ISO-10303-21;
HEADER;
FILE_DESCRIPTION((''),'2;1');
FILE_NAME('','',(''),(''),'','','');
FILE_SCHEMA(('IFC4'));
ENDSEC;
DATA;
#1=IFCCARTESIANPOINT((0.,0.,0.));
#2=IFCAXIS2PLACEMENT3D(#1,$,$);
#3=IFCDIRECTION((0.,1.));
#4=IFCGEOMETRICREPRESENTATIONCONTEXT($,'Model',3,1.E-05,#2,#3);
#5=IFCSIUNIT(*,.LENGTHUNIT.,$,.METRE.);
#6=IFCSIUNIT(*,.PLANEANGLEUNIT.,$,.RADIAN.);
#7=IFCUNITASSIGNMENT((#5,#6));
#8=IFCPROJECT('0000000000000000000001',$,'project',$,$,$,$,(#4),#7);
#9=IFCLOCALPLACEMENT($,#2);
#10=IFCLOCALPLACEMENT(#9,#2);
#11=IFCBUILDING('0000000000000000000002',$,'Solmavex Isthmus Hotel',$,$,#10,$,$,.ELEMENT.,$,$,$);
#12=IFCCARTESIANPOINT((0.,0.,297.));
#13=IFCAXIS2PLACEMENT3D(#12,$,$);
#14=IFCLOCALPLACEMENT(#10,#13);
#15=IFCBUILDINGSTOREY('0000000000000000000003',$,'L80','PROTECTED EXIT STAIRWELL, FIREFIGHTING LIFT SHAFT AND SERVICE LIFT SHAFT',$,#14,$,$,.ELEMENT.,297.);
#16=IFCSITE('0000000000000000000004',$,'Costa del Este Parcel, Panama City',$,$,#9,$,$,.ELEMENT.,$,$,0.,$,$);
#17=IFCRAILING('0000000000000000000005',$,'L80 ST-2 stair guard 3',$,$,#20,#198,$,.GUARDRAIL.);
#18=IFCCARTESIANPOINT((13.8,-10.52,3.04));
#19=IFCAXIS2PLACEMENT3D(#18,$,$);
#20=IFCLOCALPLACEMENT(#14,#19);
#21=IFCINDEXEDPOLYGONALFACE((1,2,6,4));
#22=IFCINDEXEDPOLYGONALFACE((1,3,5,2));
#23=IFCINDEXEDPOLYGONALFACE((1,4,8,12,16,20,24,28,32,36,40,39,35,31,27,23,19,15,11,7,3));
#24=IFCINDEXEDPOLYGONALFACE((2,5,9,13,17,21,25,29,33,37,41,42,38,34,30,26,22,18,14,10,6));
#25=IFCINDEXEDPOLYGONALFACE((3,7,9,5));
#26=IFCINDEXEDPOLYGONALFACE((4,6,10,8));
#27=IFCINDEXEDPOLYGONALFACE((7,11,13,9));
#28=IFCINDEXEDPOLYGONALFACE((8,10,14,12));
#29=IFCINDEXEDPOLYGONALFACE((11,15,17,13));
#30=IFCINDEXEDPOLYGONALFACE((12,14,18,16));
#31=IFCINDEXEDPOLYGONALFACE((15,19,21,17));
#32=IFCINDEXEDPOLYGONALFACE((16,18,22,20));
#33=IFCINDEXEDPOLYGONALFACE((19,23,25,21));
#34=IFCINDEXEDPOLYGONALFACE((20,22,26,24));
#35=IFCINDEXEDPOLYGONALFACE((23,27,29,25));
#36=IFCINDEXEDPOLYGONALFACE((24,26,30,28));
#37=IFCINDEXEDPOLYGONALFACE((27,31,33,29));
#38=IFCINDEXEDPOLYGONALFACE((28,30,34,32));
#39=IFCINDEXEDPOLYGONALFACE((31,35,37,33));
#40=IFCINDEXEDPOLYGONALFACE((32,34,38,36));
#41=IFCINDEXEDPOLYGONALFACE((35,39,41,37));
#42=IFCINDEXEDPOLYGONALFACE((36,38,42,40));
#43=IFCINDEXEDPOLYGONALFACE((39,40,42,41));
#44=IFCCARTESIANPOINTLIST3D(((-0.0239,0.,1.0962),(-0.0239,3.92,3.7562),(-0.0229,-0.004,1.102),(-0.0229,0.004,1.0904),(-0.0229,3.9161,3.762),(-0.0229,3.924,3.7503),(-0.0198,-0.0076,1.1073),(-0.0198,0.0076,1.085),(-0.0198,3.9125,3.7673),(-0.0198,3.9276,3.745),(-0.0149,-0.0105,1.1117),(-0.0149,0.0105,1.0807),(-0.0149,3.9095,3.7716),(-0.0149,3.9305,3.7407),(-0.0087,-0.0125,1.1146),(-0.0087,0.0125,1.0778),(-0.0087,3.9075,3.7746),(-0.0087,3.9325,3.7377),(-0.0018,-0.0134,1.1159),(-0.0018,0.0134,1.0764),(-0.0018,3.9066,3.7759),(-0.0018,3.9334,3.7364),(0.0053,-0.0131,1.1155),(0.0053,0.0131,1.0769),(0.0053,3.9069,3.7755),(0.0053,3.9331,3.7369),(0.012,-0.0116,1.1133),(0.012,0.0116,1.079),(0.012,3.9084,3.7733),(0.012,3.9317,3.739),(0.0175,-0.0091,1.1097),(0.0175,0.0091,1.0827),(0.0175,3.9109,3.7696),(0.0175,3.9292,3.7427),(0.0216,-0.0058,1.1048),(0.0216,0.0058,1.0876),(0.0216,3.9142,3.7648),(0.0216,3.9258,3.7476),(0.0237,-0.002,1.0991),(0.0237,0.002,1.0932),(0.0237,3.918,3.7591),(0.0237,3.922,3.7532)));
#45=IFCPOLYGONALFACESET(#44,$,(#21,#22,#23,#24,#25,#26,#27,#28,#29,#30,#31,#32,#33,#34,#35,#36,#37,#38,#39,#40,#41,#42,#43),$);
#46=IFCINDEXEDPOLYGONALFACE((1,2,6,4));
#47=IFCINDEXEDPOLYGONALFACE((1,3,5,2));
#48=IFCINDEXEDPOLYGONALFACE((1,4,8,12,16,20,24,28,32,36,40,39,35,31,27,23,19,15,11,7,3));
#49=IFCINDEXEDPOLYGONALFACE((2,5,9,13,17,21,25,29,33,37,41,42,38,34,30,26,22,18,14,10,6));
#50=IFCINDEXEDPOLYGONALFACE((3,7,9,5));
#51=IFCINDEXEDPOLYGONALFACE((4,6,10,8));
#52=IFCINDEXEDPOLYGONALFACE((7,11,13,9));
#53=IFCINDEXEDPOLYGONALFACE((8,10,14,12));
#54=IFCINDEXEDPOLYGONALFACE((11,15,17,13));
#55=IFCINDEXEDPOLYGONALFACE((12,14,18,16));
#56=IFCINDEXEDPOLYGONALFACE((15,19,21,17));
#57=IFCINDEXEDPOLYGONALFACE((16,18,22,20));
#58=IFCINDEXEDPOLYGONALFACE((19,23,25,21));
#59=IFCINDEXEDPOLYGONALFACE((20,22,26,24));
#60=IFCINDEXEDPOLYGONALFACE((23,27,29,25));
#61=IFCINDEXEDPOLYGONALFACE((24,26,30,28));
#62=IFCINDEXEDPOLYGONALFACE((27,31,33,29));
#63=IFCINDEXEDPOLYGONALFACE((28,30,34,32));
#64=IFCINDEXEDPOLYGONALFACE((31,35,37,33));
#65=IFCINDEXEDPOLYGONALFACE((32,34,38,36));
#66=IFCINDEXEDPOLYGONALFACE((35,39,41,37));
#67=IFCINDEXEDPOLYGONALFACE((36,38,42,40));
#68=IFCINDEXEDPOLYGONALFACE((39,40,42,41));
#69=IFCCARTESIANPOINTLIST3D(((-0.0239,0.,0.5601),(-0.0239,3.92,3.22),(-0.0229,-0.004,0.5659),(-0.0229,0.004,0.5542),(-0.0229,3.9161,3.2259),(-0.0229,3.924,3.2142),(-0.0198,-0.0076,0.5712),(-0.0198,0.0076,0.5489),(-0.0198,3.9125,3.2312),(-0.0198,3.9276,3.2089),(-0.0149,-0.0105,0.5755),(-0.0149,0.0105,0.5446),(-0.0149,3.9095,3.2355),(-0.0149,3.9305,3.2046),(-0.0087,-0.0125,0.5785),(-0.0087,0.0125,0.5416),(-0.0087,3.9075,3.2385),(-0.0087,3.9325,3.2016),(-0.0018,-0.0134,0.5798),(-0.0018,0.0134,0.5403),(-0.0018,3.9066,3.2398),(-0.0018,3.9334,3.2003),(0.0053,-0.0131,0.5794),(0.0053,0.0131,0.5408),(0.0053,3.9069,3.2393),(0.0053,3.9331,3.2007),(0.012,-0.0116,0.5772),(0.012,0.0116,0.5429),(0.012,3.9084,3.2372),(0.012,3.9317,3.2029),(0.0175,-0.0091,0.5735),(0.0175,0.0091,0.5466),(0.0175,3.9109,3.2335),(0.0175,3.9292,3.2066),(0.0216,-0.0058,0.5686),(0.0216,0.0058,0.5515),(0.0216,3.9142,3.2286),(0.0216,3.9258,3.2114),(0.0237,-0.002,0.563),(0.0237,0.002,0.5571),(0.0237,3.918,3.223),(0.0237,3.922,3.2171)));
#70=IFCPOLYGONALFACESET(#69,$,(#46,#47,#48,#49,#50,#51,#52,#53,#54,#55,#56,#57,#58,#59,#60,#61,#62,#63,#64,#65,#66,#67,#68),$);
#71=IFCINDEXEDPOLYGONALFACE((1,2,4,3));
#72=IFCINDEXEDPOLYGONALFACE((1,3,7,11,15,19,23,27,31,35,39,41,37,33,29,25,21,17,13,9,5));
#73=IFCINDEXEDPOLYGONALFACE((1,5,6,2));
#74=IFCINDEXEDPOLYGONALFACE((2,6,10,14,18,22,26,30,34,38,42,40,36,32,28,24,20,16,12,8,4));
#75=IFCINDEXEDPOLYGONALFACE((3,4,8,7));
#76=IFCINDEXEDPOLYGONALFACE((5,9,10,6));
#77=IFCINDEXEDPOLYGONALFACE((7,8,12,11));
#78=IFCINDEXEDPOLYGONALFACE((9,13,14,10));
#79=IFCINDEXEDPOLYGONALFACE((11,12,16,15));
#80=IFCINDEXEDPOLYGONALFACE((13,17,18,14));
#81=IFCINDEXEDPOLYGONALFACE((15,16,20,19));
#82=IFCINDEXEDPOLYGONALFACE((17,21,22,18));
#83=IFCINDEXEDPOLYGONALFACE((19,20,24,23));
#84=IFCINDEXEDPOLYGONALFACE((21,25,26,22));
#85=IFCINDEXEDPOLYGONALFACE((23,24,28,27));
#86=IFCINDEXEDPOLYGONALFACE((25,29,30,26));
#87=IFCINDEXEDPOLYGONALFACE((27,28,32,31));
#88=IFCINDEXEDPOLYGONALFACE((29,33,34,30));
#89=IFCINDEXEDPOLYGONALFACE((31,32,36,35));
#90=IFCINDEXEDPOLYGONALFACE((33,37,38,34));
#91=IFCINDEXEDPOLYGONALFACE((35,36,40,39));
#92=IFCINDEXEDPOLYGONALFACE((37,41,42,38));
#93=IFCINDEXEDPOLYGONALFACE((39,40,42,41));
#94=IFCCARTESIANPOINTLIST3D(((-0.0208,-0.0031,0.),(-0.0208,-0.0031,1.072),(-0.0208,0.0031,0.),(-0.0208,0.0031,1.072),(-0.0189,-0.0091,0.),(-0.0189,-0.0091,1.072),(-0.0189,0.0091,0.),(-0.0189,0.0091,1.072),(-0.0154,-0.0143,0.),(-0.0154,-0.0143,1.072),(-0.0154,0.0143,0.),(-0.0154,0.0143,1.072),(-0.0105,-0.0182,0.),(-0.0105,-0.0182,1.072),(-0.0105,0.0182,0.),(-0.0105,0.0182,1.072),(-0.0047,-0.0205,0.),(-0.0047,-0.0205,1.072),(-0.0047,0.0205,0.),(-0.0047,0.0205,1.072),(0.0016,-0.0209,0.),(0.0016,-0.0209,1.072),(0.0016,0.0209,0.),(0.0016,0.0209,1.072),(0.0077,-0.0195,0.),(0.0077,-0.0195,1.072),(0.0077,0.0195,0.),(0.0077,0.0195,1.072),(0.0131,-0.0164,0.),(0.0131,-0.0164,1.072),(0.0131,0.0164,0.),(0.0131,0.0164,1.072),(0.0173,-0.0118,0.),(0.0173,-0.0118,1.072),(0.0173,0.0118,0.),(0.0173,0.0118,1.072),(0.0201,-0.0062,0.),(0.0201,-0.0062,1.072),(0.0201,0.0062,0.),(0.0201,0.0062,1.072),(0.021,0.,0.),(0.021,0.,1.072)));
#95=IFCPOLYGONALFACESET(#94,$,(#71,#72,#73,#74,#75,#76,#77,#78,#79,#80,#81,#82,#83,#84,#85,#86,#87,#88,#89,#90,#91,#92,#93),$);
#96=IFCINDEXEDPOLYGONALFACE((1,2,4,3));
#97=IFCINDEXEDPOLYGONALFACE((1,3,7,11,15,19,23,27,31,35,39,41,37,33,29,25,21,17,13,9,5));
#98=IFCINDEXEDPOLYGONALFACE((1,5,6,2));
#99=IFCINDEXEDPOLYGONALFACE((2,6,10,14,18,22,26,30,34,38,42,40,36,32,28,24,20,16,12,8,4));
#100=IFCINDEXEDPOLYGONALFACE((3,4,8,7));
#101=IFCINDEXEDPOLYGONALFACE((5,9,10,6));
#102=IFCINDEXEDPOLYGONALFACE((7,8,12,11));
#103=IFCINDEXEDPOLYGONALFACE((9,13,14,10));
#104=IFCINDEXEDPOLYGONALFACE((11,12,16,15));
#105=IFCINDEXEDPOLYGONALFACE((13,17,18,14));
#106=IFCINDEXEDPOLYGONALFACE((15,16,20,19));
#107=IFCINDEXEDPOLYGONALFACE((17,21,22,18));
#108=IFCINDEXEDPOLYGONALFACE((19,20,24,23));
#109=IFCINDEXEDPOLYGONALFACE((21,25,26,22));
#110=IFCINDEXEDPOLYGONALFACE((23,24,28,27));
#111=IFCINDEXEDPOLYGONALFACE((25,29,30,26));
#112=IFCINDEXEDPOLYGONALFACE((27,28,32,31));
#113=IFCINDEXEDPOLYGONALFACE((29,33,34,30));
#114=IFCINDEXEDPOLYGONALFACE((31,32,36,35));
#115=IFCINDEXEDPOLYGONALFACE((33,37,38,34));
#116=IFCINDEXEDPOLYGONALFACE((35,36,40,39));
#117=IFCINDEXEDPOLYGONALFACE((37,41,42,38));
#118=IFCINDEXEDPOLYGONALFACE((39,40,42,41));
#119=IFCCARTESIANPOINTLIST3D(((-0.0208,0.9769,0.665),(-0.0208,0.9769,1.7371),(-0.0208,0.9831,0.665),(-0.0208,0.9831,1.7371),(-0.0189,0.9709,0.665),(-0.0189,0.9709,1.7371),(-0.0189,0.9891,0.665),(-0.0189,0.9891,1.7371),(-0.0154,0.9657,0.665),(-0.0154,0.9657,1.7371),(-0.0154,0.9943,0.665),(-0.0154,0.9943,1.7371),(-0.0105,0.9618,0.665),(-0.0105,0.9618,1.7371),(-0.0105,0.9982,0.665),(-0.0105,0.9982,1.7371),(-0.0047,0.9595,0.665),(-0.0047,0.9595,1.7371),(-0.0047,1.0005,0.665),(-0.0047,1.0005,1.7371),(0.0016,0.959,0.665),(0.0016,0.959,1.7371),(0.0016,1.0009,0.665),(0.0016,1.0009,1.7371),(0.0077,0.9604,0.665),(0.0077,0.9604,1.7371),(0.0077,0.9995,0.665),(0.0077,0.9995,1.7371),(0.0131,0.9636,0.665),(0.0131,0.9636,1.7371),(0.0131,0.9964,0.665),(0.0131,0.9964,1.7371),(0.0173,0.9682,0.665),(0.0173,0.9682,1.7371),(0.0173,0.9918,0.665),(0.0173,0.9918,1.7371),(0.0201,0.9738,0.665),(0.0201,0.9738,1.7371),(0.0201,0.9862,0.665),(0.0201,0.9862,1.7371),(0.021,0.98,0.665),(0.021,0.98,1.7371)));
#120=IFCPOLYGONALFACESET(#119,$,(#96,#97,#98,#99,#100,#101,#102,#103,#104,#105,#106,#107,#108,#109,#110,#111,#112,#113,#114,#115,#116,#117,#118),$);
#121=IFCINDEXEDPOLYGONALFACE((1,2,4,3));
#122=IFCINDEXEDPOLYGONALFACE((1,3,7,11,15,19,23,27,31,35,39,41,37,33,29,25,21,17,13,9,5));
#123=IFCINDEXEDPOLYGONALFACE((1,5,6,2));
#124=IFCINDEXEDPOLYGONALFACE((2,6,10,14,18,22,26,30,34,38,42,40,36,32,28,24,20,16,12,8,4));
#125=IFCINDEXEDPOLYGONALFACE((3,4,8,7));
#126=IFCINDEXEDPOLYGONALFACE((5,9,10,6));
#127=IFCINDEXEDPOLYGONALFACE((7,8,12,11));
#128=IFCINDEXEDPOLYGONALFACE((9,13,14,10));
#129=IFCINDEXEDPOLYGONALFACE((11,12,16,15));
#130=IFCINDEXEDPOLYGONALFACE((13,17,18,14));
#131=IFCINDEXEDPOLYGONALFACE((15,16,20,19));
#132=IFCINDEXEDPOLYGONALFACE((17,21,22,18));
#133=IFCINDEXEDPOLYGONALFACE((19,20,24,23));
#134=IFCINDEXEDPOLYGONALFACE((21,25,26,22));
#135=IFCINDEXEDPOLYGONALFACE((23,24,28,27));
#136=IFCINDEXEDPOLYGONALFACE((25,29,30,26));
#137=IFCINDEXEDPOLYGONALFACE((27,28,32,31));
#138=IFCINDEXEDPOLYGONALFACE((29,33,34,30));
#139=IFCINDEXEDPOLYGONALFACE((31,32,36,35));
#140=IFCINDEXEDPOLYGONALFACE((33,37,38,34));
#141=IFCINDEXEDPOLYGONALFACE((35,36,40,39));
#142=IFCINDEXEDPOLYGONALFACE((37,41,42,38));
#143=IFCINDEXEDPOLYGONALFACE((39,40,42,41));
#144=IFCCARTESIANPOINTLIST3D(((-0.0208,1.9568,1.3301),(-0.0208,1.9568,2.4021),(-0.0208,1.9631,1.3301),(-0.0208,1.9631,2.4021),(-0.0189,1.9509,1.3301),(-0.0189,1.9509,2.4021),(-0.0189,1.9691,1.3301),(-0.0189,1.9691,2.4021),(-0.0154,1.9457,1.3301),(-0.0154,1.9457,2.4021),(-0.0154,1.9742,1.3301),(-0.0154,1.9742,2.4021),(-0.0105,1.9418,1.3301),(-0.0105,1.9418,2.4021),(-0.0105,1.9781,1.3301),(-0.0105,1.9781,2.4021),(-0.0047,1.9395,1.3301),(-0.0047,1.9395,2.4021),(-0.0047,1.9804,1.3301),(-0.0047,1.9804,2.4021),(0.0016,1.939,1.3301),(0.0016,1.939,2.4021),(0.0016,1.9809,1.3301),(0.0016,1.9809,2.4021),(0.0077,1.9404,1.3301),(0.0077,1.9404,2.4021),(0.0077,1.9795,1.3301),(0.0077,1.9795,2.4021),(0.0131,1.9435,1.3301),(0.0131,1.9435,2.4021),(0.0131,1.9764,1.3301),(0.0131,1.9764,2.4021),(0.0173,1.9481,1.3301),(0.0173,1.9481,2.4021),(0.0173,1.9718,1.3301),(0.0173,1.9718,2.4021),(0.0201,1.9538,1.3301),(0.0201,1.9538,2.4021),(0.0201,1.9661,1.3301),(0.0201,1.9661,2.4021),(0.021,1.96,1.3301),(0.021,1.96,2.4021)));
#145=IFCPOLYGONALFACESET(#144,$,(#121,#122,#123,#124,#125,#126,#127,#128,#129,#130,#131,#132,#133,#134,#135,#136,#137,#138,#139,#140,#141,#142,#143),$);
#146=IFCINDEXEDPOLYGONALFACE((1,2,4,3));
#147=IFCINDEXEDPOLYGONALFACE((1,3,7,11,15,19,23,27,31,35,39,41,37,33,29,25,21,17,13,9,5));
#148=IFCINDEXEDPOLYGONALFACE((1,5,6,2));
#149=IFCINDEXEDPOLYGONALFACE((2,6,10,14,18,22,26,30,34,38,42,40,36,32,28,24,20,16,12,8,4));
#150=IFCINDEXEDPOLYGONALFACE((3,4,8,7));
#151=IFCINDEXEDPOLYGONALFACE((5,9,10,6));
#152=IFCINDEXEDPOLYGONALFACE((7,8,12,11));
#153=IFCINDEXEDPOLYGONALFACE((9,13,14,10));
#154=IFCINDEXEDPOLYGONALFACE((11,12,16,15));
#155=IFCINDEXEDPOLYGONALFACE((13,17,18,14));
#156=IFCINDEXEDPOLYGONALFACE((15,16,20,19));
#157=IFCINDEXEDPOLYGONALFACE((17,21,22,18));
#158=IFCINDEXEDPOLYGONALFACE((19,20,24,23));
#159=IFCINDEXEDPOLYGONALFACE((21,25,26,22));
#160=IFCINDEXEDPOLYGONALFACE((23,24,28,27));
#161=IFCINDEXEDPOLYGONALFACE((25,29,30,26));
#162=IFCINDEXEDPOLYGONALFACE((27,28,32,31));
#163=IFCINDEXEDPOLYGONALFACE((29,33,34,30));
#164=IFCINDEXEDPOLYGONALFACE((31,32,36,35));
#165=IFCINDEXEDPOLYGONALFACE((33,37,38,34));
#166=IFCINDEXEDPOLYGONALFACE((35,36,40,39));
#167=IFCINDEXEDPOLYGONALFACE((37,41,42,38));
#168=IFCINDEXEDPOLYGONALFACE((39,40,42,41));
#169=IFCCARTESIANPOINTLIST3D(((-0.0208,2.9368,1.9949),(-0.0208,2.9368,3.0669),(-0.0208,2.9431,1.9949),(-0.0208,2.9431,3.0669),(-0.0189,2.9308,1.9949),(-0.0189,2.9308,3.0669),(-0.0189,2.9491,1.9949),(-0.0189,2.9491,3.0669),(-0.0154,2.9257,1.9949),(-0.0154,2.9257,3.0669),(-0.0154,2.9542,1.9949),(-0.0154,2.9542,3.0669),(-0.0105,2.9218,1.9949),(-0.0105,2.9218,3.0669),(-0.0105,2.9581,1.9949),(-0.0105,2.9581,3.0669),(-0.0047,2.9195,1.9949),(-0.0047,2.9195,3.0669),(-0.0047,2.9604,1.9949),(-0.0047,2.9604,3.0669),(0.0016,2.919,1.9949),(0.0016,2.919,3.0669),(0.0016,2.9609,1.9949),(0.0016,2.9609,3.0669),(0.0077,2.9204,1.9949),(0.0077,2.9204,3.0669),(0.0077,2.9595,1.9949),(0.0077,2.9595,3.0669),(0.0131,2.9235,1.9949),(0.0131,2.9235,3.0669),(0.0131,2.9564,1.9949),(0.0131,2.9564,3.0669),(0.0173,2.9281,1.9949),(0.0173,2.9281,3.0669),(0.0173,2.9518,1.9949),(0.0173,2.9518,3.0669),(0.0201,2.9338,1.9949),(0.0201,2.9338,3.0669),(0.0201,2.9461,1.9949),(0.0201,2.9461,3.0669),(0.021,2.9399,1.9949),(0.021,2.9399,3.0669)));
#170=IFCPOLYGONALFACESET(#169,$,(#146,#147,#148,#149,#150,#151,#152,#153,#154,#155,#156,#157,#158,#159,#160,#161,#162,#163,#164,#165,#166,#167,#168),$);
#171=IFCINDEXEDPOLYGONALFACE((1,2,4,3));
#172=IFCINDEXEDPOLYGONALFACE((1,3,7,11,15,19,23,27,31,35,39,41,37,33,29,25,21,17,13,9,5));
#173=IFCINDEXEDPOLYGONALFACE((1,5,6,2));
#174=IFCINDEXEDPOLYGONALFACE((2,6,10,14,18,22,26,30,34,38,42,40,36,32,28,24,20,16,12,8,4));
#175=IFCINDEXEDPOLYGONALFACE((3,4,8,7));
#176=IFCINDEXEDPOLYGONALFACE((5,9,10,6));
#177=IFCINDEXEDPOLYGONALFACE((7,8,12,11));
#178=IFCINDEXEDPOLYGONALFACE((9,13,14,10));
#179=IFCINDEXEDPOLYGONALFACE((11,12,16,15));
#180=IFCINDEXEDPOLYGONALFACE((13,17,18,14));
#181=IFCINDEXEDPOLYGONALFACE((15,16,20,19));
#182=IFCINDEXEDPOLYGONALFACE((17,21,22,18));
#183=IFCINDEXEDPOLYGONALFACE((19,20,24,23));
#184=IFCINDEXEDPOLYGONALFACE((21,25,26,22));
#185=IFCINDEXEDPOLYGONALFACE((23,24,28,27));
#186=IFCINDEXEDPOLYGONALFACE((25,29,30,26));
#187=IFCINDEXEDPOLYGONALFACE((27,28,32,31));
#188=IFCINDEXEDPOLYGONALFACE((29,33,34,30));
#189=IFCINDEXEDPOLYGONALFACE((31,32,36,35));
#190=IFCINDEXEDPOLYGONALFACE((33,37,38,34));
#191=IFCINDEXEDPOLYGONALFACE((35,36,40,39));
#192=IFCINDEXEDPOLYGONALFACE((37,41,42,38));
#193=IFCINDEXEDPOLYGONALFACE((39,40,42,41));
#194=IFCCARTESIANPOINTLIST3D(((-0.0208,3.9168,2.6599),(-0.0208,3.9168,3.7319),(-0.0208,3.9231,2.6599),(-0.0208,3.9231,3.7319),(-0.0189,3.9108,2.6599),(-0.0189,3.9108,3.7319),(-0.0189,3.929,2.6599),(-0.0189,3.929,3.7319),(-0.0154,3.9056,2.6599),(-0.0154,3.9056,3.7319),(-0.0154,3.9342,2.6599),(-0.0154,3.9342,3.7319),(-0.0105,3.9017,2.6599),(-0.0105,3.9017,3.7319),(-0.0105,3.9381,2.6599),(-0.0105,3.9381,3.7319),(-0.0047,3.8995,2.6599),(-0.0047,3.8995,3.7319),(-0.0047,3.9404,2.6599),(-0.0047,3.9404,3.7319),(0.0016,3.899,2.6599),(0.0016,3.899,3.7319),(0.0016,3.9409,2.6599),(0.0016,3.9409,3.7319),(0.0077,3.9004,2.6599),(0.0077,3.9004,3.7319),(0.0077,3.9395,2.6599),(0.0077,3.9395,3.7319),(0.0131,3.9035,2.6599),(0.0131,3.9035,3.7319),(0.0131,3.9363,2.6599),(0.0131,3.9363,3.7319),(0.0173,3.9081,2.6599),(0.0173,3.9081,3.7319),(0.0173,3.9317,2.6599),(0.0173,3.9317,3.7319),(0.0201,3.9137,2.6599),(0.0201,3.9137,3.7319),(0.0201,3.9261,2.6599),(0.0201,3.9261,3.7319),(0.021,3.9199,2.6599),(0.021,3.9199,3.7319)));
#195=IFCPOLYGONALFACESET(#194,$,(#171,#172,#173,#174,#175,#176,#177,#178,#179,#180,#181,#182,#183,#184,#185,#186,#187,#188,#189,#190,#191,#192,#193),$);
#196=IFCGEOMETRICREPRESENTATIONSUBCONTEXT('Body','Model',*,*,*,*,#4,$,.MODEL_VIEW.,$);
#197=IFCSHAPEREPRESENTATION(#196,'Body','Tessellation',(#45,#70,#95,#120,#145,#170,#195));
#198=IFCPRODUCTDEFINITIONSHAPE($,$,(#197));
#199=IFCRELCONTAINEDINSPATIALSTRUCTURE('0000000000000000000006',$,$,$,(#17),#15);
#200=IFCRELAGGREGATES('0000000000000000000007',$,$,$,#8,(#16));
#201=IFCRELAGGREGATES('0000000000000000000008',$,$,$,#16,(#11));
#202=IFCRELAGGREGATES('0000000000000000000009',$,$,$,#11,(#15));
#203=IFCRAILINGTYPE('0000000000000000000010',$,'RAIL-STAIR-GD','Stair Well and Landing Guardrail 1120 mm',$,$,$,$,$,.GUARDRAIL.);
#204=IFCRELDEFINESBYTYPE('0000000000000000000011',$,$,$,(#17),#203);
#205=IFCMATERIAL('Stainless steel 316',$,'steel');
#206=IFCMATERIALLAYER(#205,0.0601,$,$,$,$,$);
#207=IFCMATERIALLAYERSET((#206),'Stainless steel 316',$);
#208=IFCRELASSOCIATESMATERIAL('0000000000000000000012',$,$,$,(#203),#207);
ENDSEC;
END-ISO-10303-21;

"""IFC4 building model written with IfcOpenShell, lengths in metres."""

from ifc_helpers import new_model, si_unit, direction, frame, origin, origin_2d, place, context, subcontext, project, spatial, circle, extrude, material, layer, layer_set, type_object, element, save


model = new_model("IFC4")

# Units and contexts
model_context = context("Model", 3, precision=1e-05, world=origin(), true_north=direction((0.0, 1.0)))
body_context = subcontext(model_context, "Body", "Model", "MODEL_VIEW")
ifc_project = project(units=[si_unit("LENGTHUNIT", "METRE"), si_unit("PLANEANGLEUNIT", "RADIAN")], contexts=[model_context])

# Site, building, storey
site_placement = place(None, origin())
site = spatial("IfcSite", under=ifc_project, at=site_placement, Name="Costa del Este Parcel, Panama City", CompositionType="ELEMENT", RefElevation=0.0)
building_placement = place(site_placement, origin())
building = spatial("IfcBuilding", under=site, at=building_placement, Name="Solmavex Isthmus Hotel", CompositionType="ELEMENT")
storey_placement = place(building_placement, frame((0.0, 0.0, 297.0)))
storey = spatial("IfcBuildingStorey", under=building, at=storey_placement, Name="L80", Description="PROTECTED EXIT STAIRWELL, FIREFIGHTING LIFT SHAFT AND SERVICE LIFT SHAFT", CompositionType="ELEMENT", Elevation=297.0)

# Railing
ifc_material_1 = material(Name="Stainless steel 316", Category="steel")
ifc_layer_1 = layer(ifc_material_1, 0.0601)
ifc_layer_set_1 = layer_set([ifc_layer_1], Name="Stainless steel 316")
railing_type_1 = type_object("IfcRailingType", Name="RAIL-STAIR-GD", Description="Stair Well and Landing Guardrail 1120 mm", PredefinedType="GUARDRAIL", material=ifc_layer_set_1)
railing_1_placement = place(storey_placement, frame((13.8, -10.52, 3.04)))
element("IfcRailing", 1, at=railing_1_placement, inside=storey, type_object=railing_type_1, Name="L80 ST-2 stair guard 3", PredefinedType="GUARDRAIL", context=body_context, shape_type="SweptSolid", body=[
    extrude(circle(Radius=0.0239, at=origin_2d()), frame((0.0, 0.0, 1.0962), z_axis=(0.0, 0.827479, 0.561496), x_axis=(-1.0, 0.0, 0.0)), (0.0, 0.0, 1.0), 4.7373),
    extrude(circle(Radius=0.0239, at=origin_2d()), frame((0.0, 0.0, 0.5601), z_axis=(0.0, 0.827479, 0.561496), x_axis=(-1.0, 0.0, 0.0)), (0.0, 0.0, 1.0), 4.7373),
    extrude(circle(Radius=0.021, at=origin_2d()), origin(), (0.0, 0.0, 1.0), 1.072),
    extrude(circle(Radius=0.021, at=origin_2d()), frame((0.0, 0.98, 0.665)), (0.0, 0.0, 1.0), 1.072),
    extrude(circle(Radius=0.021, at=origin_2d()), frame((0.0, 1.96, 1.3301)), (0.0, 0.0, 1.0), 1.072),
    extrude(circle(Radius=0.021, at=origin_2d()), frame((0.0, 2.9399, 1.9949)), (0.0, 0.0, 1.0), 1.072),
    extrude(circle(Radius=0.021, at=origin_2d()), frame((0.0, 3.9199, 2.6599)), (0.0, 0.0, 1.0), 1.072),
])

save(model, "model.ifc")
